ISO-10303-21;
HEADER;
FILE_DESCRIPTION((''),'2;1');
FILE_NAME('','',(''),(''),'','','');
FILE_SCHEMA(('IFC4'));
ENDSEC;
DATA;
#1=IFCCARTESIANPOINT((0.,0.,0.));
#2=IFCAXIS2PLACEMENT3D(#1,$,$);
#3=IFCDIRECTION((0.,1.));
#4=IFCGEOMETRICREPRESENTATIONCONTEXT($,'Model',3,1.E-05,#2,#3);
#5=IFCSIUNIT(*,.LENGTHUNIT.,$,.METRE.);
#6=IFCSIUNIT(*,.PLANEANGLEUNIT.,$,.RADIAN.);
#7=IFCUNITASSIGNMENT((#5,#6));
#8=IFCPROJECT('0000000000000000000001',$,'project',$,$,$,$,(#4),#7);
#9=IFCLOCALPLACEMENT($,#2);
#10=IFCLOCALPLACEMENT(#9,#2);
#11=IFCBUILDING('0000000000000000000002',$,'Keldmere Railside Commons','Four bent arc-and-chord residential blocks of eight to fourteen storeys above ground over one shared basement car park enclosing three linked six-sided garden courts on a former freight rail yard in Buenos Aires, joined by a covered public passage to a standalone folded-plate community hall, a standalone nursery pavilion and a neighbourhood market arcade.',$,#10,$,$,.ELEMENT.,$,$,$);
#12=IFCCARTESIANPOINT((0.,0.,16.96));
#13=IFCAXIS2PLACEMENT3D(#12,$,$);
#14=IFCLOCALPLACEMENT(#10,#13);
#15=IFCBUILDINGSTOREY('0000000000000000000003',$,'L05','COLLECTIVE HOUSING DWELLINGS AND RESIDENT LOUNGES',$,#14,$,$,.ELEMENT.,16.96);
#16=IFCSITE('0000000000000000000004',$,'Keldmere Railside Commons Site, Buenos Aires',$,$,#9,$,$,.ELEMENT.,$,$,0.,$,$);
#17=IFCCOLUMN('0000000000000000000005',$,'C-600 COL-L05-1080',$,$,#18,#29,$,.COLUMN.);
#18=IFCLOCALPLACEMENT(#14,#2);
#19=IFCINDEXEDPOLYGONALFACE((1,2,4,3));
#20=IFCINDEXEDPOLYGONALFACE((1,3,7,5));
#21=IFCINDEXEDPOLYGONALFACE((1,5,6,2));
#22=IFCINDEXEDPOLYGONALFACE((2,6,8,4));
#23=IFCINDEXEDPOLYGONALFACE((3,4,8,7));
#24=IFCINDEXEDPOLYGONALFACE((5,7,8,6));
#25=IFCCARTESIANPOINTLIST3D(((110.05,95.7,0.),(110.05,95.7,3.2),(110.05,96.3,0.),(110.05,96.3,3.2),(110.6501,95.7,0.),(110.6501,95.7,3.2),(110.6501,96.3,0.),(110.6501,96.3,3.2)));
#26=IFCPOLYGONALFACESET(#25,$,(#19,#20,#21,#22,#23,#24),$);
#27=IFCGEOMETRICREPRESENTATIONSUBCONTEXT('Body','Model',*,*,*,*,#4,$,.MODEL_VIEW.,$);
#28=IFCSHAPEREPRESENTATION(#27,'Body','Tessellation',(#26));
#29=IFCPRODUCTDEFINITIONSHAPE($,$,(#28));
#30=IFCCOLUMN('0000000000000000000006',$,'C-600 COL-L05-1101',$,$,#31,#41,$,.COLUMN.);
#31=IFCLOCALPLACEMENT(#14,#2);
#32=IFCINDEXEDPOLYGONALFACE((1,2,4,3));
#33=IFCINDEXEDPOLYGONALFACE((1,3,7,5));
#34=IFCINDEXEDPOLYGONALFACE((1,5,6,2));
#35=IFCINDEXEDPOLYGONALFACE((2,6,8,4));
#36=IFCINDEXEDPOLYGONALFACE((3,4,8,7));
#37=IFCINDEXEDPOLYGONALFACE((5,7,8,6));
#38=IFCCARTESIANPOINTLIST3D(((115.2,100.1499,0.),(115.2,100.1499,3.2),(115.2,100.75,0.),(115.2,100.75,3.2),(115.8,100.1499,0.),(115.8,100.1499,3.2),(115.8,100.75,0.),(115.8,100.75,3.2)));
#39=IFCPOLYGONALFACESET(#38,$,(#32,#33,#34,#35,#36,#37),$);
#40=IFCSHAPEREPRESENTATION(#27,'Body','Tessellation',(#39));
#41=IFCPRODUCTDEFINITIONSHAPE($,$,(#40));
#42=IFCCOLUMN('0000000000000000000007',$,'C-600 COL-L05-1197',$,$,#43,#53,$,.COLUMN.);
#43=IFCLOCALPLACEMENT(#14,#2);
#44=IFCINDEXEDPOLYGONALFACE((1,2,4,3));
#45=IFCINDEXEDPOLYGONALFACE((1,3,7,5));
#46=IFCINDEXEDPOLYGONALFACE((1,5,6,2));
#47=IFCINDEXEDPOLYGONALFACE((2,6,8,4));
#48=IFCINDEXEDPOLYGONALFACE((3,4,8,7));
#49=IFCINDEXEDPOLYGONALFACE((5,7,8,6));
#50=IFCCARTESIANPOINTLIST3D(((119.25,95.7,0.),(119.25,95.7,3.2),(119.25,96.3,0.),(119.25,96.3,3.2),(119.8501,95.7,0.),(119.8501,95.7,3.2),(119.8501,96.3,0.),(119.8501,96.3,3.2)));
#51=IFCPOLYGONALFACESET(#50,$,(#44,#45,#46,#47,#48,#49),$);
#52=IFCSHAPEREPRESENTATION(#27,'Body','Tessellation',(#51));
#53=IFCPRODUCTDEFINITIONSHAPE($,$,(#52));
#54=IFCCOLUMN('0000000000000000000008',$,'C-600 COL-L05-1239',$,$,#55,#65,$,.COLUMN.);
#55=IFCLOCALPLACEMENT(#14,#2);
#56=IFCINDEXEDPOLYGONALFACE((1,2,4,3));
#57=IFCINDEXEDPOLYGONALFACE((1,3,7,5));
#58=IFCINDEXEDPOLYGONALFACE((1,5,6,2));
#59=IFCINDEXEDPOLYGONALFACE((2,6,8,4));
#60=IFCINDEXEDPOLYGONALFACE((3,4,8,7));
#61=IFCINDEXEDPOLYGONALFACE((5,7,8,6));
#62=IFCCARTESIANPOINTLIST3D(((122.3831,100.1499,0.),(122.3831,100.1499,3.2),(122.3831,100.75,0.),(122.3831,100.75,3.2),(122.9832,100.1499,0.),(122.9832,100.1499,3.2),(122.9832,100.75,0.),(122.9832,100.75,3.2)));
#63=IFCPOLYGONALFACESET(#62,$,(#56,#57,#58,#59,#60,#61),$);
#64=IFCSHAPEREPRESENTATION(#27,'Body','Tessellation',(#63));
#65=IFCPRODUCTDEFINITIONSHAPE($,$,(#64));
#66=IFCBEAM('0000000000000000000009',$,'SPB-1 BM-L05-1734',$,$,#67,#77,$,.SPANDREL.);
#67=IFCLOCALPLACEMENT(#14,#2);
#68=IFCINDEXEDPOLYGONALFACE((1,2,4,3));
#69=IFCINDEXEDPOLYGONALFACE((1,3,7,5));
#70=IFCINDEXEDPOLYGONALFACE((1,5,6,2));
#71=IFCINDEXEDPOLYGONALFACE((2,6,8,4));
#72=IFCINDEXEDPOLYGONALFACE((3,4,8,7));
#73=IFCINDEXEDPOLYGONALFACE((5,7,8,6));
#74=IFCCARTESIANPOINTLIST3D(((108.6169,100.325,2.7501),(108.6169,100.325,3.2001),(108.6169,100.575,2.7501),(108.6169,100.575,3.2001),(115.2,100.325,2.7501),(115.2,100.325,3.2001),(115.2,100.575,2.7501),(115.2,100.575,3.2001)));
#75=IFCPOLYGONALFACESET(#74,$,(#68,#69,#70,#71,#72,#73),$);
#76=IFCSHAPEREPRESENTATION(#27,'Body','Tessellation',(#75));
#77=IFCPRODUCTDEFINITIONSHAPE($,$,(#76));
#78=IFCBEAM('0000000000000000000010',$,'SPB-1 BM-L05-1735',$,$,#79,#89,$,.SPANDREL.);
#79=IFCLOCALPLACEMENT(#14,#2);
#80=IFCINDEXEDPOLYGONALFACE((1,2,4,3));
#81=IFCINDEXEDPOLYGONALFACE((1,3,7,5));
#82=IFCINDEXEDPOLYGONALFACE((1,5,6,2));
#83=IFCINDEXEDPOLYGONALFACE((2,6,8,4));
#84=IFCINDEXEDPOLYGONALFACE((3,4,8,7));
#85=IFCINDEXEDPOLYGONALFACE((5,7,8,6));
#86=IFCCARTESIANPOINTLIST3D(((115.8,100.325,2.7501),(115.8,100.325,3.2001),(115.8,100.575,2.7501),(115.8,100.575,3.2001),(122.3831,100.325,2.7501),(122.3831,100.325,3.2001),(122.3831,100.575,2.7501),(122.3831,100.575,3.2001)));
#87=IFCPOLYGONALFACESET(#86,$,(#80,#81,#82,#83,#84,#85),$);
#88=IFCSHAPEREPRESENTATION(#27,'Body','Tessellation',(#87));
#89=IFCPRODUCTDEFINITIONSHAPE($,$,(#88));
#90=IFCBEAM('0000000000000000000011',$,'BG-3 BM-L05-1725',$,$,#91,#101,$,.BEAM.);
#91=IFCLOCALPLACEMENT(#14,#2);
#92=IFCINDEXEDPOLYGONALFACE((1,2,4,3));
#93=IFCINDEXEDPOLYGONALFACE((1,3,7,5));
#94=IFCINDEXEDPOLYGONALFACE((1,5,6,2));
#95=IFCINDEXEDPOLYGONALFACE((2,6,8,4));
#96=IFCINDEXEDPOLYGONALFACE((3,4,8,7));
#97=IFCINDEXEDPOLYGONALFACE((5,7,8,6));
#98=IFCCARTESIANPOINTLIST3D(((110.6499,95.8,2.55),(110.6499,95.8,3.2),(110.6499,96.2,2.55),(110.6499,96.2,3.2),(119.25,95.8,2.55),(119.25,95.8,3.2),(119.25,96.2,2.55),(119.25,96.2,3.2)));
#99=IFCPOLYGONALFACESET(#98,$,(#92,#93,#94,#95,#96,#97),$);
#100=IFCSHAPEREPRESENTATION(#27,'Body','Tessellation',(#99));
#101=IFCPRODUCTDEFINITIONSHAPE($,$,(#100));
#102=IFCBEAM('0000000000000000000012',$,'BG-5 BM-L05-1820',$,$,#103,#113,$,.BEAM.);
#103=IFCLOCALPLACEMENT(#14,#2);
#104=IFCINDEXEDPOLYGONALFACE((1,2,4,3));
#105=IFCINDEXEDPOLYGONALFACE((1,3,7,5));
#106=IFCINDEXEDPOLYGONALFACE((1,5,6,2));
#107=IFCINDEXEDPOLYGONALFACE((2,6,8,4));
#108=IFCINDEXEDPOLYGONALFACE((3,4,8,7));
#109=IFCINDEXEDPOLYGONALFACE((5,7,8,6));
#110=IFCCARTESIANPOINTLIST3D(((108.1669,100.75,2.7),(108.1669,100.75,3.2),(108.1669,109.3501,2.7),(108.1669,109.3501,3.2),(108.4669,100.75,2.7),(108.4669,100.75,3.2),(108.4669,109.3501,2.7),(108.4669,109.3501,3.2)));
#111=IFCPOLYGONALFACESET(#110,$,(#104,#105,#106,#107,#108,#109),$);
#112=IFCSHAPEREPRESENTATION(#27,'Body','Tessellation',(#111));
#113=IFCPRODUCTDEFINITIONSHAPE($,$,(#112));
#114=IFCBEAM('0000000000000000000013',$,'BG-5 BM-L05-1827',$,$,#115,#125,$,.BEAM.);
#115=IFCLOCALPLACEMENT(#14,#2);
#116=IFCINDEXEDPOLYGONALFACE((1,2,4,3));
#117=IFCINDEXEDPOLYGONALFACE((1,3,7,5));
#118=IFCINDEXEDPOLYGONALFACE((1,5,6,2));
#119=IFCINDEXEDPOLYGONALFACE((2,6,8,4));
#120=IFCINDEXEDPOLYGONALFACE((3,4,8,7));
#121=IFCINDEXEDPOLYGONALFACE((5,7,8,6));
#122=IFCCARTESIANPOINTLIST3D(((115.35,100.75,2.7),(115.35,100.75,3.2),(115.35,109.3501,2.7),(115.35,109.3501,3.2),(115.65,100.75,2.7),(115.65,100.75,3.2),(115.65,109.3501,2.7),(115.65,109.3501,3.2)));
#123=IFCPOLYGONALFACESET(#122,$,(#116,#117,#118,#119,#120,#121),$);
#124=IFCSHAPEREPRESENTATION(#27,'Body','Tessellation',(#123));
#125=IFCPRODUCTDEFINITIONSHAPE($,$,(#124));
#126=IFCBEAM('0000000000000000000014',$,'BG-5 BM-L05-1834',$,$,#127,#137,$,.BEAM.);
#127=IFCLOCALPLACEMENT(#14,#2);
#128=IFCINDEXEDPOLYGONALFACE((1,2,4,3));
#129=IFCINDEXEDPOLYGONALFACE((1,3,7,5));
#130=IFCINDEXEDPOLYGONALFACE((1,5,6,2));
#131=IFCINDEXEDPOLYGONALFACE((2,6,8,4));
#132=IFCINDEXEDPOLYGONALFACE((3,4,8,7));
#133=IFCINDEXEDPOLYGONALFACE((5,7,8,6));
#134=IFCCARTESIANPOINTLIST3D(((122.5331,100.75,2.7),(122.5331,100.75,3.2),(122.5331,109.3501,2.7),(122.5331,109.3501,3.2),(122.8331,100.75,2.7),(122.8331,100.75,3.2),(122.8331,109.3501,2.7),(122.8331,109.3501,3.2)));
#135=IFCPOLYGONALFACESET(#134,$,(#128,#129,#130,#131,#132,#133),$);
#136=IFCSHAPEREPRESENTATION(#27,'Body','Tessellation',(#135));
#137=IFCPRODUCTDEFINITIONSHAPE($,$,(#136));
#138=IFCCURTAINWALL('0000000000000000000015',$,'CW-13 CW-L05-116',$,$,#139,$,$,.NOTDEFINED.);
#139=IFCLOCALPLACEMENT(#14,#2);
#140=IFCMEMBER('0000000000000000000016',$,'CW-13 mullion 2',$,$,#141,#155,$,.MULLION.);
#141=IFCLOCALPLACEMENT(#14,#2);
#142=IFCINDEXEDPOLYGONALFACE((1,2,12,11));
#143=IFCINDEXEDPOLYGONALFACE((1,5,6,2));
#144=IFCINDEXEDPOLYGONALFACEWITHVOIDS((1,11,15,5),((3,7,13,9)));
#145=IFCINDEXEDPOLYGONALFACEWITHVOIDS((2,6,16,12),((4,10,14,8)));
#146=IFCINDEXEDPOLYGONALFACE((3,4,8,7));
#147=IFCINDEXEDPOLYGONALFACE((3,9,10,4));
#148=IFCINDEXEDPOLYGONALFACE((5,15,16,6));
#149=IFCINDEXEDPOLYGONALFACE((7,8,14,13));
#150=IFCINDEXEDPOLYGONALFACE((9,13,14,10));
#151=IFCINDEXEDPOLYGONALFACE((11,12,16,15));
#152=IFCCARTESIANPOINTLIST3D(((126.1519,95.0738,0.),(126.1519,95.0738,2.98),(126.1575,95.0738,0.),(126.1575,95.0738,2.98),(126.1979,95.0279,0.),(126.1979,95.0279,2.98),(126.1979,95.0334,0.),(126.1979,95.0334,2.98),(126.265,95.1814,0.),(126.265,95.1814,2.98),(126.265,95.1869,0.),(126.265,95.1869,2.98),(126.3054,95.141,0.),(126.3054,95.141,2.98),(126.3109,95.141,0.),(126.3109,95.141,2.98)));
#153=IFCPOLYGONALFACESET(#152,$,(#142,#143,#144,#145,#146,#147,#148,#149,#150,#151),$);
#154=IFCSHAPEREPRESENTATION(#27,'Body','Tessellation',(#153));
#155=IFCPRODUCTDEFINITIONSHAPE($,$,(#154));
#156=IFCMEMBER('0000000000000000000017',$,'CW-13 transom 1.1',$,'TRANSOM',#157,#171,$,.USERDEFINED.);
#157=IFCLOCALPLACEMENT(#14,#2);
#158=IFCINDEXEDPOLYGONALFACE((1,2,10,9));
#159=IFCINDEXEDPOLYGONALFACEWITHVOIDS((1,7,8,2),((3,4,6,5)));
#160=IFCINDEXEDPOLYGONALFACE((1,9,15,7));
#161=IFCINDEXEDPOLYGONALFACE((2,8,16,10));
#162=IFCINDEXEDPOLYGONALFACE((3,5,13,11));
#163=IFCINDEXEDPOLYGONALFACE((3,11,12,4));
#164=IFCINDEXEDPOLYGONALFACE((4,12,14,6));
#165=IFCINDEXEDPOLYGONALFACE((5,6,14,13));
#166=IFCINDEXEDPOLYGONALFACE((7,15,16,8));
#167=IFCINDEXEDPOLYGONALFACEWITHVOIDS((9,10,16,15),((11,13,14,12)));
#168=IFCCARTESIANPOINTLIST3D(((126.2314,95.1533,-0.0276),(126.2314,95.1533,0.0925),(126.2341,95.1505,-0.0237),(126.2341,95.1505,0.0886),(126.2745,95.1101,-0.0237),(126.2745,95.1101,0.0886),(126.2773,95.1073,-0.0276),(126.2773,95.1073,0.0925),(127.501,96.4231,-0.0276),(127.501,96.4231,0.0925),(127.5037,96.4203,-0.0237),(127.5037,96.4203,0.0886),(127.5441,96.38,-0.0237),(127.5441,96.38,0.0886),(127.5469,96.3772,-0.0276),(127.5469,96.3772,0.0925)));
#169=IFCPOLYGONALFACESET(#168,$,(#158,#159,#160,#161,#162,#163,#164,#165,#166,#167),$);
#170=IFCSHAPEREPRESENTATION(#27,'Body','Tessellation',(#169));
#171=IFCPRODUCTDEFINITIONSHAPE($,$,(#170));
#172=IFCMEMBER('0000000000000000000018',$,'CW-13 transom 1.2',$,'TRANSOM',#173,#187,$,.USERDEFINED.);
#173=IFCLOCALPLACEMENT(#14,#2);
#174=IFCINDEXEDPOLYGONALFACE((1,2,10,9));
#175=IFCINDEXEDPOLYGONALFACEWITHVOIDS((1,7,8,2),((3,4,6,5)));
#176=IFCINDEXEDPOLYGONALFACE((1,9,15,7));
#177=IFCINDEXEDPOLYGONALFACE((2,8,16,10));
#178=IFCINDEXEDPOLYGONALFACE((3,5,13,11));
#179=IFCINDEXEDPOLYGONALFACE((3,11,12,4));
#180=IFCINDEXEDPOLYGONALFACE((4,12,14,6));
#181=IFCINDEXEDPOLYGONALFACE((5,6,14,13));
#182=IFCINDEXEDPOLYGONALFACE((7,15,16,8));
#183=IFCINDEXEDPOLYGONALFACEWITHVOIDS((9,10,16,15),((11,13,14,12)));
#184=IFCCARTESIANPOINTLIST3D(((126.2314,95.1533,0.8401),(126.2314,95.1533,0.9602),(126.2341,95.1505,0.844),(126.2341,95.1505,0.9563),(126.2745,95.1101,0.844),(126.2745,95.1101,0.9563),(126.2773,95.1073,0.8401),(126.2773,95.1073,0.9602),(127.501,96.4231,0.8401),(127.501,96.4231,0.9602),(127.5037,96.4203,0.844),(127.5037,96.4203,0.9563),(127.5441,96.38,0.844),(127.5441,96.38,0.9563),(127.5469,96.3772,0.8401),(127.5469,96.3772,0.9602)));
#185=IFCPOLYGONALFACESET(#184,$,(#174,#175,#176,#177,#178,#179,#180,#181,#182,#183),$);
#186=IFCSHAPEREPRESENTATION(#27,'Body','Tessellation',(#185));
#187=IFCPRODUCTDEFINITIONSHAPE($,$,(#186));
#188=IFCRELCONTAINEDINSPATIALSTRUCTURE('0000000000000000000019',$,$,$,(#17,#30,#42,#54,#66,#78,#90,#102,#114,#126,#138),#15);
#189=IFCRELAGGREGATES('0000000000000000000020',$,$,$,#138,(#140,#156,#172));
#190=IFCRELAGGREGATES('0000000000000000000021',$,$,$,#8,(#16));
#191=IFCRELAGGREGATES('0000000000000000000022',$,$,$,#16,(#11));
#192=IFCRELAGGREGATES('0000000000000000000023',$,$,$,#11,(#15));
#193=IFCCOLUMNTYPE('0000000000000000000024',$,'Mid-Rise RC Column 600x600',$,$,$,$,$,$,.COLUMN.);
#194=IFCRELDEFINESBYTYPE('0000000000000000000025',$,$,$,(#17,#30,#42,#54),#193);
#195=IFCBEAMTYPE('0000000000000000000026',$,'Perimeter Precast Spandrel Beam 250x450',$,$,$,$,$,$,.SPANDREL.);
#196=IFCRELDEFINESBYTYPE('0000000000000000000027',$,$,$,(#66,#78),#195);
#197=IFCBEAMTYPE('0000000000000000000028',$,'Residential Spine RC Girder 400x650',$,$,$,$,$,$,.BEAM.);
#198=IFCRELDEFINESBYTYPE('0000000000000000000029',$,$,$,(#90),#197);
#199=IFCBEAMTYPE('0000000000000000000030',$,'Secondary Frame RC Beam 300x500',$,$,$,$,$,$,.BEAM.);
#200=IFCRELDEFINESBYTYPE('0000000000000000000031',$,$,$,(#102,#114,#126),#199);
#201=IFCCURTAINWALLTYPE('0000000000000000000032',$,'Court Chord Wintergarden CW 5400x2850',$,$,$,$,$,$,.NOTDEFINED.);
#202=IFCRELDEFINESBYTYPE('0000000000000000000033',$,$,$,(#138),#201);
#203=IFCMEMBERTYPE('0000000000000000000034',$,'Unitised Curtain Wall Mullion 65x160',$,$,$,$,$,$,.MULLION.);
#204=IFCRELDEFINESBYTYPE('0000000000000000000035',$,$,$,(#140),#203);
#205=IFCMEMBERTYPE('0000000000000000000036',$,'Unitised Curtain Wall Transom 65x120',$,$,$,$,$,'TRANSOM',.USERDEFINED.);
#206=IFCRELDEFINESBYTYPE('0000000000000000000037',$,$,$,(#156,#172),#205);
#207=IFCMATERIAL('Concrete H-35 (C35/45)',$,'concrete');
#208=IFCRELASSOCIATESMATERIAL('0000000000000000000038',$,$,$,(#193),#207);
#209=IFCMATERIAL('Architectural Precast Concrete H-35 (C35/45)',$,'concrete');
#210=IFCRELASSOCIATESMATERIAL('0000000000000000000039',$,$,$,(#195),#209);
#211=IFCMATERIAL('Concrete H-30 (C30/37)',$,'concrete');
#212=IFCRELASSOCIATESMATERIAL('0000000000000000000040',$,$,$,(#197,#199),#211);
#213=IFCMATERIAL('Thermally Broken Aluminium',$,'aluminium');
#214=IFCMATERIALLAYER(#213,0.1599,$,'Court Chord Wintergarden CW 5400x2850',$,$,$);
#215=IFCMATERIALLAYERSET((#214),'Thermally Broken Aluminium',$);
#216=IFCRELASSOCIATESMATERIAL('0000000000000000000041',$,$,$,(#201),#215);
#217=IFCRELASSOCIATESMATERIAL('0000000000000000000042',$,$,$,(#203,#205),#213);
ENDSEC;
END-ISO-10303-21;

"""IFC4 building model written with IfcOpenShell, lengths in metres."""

from ifc_helpers import new_model, si_unit, direction, frame, origin, origin_2d, place, context, subcontext, project, spatial, rectangle, hollow_rectangle, extrude, material, layer, layer_set, material_profile, profile_set, type_object, element, aggregate, save


model = new_model("IFC4")

# Units and contexts
model_context = context("Model", 3, precision=1e-05, world=origin(), true_north=direction((0.0, 1.0)))
body_context = subcontext(model_context, "Body", "Model", "MODEL_VIEW")
ifc_project = project(units=[si_unit("LENGTHUNIT", "METRE"), si_unit("PLANEANGLEUNIT", "RADIAN")], contexts=[model_context])

# Site, building, storey
site_placement = place(None, origin())
site = spatial("IfcSite", under=ifc_project, at=site_placement, Name="Keldmere Railside Commons Site, Buenos Aires", CompositionType="ELEMENT", RefElevation=0.0)
building_placement = place(site_placement, origin())
building = spatial("IfcBuilding", under=site, at=building_placement, Name="Keldmere Railside Commons", Description="Four bent arc-and-chord residential blocks of eight to fourteen storeys above ground over one shared basement car park enclosing three linked six-sided garden courts on a former freight rail yard in Buenos Aires, joined by a covered public passage to a standalone folded-plate community hall, a standalone nursery pavilion and a neighbourhood market arcade.", CompositionType="ELEMENT")
storey_placement = place(building_placement, frame((0.0, 0.0, 16.96)))
storey = spatial("IfcBuildingStorey", under=building, at=storey_placement, Name="L05", Description="COLLECTIVE HOUSING DWELLINGS AND RESIDENT LOUNGES", CompositionType="ELEMENT", Elevation=16.96)

# Columns
ifc_material_1 = material(Name="Concrete H-35 (C35/45)", Category="concrete")
ifc_material_profile_1 = material_profile(ifc_material_1, rectangle(XDim=0.6001, YDim=0.6001, at=origin_2d()), Name="RC-600x600")
ifc_profile_set_1 = profile_set([ifc_material_profile_1], Name="Concrete H-35 (C35/45)")
column_type = type_object("IfcColumnType", Name="Mid-Rise RC Column 600x600", PredefinedType="COLUMN", material=ifc_profile_set_1)
for number, where, z_axis, x_axis, name in (
    (1, (110.3501, 96.0, 0.0), (0.0, 0.0, 1.0), (1.0, 0.0, 0.0), "C-600 COL-L05-1080"),
    (2, (115.5, 100.45, 0.0), (0.0, 0.0, 1.0), (1.0, 0.0, 0.0), "C-600 COL-L05-1101"),
    (3, (119.55, 96.0, 0.0), (0.0, 0.0, 1.0), (1.0, 0.0, 0.0), "C-600 COL-L05-1197"),
    (4, (122.6831, 100.45, 0.0), (0.0, 0.0, 1.0), (1.0, 0.0, 0.0), "C-600 COL-L05-1239"),
):
    element("IfcColumn", number, at=place(storey_placement, frame(where, z_axis=z_axis, x_axis=x_axis)), inside=storey, type_object=column_type, Name=name, PredefinedType="COLUMN", context=body_context, shape_type="SweptSolid", body=[
        extrude(rectangle(XDim=0.6001, YDim=0.6001, at=origin_2d()), origin(), (0.0, 0.0, 1.0), 3.2),
    ])

# Beams
ifc_material_2 = material(Name="Architectural Precast Concrete H-35 (C35/45)", Category="concrete")
ifc_material_profile_2 = material_profile(ifc_material_2, rectangle(XDim=0.25, YDim=0.45, at=origin_2d()), Name="RC-250x450")
ifc_profile_set_2 = profile_set([ifc_material_profile_2], Name="Architectural Precast Concrete H-35 (C35/45)")
beam_type_1 = type_object("IfcBeamType", Name="Perimeter Precast Spandrel Beam 250x450", PredefinedType="SPANDREL", material=ifc_profile_set_2)
for number, where, z_axis, x_axis, name in (
    (5, (108.6169, 100.45, 2.9751), (1.0, 0.0, 0.0), (0.0, 1.0, 0.0), "SPB-1 BM-L05-1734"),
    (6, (115.8, 100.45, 2.9751), (1.0, 0.0, 0.0), (0.0, 1.0, 0.0), "SPB-1 BM-L05-1735"),
):
    element("IfcBeam", number, at=place(storey_placement, frame(where, z_axis=z_axis, x_axis=x_axis)), inside=storey, type_object=beam_type_1, Name=name, PredefinedType="SPANDREL", context=body_context, shape_type="SweptSolid", body=[
        extrude(rectangle(XDim=0.25, YDim=0.45, at=origin_2d()), origin(), (0.0, 0.0, 1.0), 6.583),
    ])
ifc_material_3 = material(Name="Concrete H-30 (C30/37)", Category="concrete")
ifc_material_profile_3 = material_profile(ifc_material_3, rectangle(XDim=0.3999, YDim=0.6499, at=origin_2d()), Name="RC-400x650")
ifc_profile_set_3 = profile_set([ifc_material_profile_3], Name="Concrete H-30 (C30/37)")
beam_type_2 = type_object("IfcBeamType", Name="Residential Spine RC Girder 400x650", PredefinedType="BEAM", material=ifc_profile_set_3)
beam_placement = place(storey_placement, frame((110.6499, 96.0, 2.875), z_axis=(1.0, 0.0, 0.0), x_axis=(0.0, 1.0, 0.0)))
element("IfcBeam", 7, at=beam_placement, inside=storey, type_object=beam_type_2, Name="BG-3 BM-L05-1725", PredefinedType="BEAM", context=body_context, shape_type="SweptSolid", body=[
    extrude(rectangle(XDim=0.3999, YDim=0.6499, at=origin_2d()), origin(), (0.0, 0.0, 1.0), 8.6001),
])
ifc_material_profile_4 = material_profile(ifc_material_3, rectangle(XDim=0.3, YDim=0.5, at=origin_2d()), Name="RC-300x500")
ifc_profile_set_4 = profile_set([ifc_material_profile_4], Name="Concrete H-30 (C30/37)")
beam_type_3 = type_object("IfcBeamType", Name="Secondary Frame RC Beam 300x500", PredefinedType="BEAM", material=ifc_profile_set_4)
for number, where, z_axis, x_axis, name in (
    (8, (108.3169, 100.75, 2.95), (0.0, 1.0, 0.0), (-1.0, 0.0, 0.0), "BG-5 BM-L05-1820"),
    (9, (115.5, 100.75, 2.95), (0.0, 1.0, 0.0), (-1.0, 0.0, 0.0), "BG-5 BM-L05-1827"),
    (10, (122.6831, 100.75, 2.95), (0.0, 1.0, 0.0), (-1.0, 0.0, 0.0), "BG-5 BM-L05-1834"),
):
    element("IfcBeam", number, at=place(storey_placement, frame(where, z_axis=z_axis, x_axis=x_axis)), inside=storey, type_object=beam_type_3, Name=name, PredefinedType="BEAM", context=body_context, shape_type="SweptSolid", body=[
        extrude(rectangle(XDim=0.3, YDim=0.5, at=origin_2d()), origin(), (0.0, 0.0, 1.0), 8.6001),
    ])

# Curtain wall, members
ifc_material_4 = material(Name="Thermally Broken Aluminium", Category="aluminium")
ifc_layer_1 = layer(ifc_material_4, 0.1599, Name="Court Chord Wintergarden CW 5400x2850")
ifc_layer_set_1 = layer_set([ifc_layer_1], Name="Thermally Broken Aluminium")
curtain_wall_type = type_object("IfcCurtainWallType", Name="Court Chord Wintergarden CW 5400x2850", PredefinedType="NOTDEFINED", material=ifc_layer_set_1)
curtain_wall_placement = place(storey_placement, origin())
curtain_wall = element("IfcCurtainWall", 11, at=curtain_wall_placement, inside=storey, type_object=curtain_wall_type, Name="CW-13 CW-L05-116", PredefinedType="NOTDEFINED")
ifc_material_profile_5 = material_profile(ifc_material_4, hollow_rectangle(XDim=0.0649, YDim=0.1599, WallThickness=0.0039, at=origin_2d()), Name="ALU-MULL-65x160")
ifc_profile_set_5 = profile_set([ifc_material_profile_5], Name="Thermally Broken Aluminium")
member_type_1 = type_object("IfcMemberType", Name="Unitised Curtain Wall Mullion 65x160", PredefinedType="MULLION", material=ifc_profile_set_5)
member_1_placement = place(storey_placement, frame((126.2314, 95.1074, 0.0), z_axis=(0.0, 0.0, 1.0), x_axis=(0.707107, -0.707107, 0.0)))
member_1 = element("IfcMember", 12, at=member_1_placement, type_object=member_type_1, Name="CW-13 mullion 2", PredefinedType="MULLION", context=body_context, shape_type="SweptSolid", body=[
    extrude(hollow_rectangle(XDim=0.0649, YDim=0.1599, WallThickness=0.0039, at=origin_2d()), origin(), (0.0, 0.0, 1.0), 2.98),
])
ifc_material_profile_6 = material_profile(ifc_material_4, hollow_rectangle(XDim=0.0649, YDim=0.1201, WallThickness=0.0039, at=origin_2d()), Name="ALU-TRAN-65x120")
ifc_profile_set_6 = profile_set([ifc_material_profile_6], Name="Thermally Broken Aluminium")
member_type_2 = type_object("IfcMemberType", Name="Unitised Curtain Wall Transom 65x120", ElementType="TRANSOM", PredefinedType="USERDEFINED", material=ifc_profile_set_6)
member_2_placement = place(storey_placement, frame((127.5239, 96.4001, 0.0325), z_axis=(-0.707039, -0.707175, 0.0), x_axis=(0.707175, -0.707039, 0.0)))
member_2 = element("IfcMember", 13, at=member_2_placement, type_object=member_type_2, Name="CW-13 transom 1.1", ObjectType="TRANSOM", PredefinedType="USERDEFINED", context=body_context, shape_type="SweptSolid", body=[
    extrude(hollow_rectangle(XDim=0.0649, YDim=0.1201, WallThickness=0.0039, at=origin_2d()), origin(), (0.0, 0.0, 1.0), 1.7957),
])
member_3_placement = place(storey_placement, frame((127.5239, 96.4001, 0.9001), z_axis=(-0.707039, -0.707175, 0.0), x_axis=(0.707175, -0.707039, 0.0)))
member_3 = element("IfcMember", 14, at=member_3_placement, type_object=member_type_2, Name="CW-13 transom 1.2", ObjectType="TRANSOM", PredefinedType="USERDEFINED", context=body_context, shape_type="SweptSolid", body=[
    extrude(hollow_rectangle(XDim=0.0649, YDim=0.1201, WallThickness=0.0039, at=origin_2d()), origin(), (0.0, 0.0, 1.0), 1.7957),
])
aggregate(curtain_wall, [member_1, member_2, member_3])

save(model, "model.ifc")
